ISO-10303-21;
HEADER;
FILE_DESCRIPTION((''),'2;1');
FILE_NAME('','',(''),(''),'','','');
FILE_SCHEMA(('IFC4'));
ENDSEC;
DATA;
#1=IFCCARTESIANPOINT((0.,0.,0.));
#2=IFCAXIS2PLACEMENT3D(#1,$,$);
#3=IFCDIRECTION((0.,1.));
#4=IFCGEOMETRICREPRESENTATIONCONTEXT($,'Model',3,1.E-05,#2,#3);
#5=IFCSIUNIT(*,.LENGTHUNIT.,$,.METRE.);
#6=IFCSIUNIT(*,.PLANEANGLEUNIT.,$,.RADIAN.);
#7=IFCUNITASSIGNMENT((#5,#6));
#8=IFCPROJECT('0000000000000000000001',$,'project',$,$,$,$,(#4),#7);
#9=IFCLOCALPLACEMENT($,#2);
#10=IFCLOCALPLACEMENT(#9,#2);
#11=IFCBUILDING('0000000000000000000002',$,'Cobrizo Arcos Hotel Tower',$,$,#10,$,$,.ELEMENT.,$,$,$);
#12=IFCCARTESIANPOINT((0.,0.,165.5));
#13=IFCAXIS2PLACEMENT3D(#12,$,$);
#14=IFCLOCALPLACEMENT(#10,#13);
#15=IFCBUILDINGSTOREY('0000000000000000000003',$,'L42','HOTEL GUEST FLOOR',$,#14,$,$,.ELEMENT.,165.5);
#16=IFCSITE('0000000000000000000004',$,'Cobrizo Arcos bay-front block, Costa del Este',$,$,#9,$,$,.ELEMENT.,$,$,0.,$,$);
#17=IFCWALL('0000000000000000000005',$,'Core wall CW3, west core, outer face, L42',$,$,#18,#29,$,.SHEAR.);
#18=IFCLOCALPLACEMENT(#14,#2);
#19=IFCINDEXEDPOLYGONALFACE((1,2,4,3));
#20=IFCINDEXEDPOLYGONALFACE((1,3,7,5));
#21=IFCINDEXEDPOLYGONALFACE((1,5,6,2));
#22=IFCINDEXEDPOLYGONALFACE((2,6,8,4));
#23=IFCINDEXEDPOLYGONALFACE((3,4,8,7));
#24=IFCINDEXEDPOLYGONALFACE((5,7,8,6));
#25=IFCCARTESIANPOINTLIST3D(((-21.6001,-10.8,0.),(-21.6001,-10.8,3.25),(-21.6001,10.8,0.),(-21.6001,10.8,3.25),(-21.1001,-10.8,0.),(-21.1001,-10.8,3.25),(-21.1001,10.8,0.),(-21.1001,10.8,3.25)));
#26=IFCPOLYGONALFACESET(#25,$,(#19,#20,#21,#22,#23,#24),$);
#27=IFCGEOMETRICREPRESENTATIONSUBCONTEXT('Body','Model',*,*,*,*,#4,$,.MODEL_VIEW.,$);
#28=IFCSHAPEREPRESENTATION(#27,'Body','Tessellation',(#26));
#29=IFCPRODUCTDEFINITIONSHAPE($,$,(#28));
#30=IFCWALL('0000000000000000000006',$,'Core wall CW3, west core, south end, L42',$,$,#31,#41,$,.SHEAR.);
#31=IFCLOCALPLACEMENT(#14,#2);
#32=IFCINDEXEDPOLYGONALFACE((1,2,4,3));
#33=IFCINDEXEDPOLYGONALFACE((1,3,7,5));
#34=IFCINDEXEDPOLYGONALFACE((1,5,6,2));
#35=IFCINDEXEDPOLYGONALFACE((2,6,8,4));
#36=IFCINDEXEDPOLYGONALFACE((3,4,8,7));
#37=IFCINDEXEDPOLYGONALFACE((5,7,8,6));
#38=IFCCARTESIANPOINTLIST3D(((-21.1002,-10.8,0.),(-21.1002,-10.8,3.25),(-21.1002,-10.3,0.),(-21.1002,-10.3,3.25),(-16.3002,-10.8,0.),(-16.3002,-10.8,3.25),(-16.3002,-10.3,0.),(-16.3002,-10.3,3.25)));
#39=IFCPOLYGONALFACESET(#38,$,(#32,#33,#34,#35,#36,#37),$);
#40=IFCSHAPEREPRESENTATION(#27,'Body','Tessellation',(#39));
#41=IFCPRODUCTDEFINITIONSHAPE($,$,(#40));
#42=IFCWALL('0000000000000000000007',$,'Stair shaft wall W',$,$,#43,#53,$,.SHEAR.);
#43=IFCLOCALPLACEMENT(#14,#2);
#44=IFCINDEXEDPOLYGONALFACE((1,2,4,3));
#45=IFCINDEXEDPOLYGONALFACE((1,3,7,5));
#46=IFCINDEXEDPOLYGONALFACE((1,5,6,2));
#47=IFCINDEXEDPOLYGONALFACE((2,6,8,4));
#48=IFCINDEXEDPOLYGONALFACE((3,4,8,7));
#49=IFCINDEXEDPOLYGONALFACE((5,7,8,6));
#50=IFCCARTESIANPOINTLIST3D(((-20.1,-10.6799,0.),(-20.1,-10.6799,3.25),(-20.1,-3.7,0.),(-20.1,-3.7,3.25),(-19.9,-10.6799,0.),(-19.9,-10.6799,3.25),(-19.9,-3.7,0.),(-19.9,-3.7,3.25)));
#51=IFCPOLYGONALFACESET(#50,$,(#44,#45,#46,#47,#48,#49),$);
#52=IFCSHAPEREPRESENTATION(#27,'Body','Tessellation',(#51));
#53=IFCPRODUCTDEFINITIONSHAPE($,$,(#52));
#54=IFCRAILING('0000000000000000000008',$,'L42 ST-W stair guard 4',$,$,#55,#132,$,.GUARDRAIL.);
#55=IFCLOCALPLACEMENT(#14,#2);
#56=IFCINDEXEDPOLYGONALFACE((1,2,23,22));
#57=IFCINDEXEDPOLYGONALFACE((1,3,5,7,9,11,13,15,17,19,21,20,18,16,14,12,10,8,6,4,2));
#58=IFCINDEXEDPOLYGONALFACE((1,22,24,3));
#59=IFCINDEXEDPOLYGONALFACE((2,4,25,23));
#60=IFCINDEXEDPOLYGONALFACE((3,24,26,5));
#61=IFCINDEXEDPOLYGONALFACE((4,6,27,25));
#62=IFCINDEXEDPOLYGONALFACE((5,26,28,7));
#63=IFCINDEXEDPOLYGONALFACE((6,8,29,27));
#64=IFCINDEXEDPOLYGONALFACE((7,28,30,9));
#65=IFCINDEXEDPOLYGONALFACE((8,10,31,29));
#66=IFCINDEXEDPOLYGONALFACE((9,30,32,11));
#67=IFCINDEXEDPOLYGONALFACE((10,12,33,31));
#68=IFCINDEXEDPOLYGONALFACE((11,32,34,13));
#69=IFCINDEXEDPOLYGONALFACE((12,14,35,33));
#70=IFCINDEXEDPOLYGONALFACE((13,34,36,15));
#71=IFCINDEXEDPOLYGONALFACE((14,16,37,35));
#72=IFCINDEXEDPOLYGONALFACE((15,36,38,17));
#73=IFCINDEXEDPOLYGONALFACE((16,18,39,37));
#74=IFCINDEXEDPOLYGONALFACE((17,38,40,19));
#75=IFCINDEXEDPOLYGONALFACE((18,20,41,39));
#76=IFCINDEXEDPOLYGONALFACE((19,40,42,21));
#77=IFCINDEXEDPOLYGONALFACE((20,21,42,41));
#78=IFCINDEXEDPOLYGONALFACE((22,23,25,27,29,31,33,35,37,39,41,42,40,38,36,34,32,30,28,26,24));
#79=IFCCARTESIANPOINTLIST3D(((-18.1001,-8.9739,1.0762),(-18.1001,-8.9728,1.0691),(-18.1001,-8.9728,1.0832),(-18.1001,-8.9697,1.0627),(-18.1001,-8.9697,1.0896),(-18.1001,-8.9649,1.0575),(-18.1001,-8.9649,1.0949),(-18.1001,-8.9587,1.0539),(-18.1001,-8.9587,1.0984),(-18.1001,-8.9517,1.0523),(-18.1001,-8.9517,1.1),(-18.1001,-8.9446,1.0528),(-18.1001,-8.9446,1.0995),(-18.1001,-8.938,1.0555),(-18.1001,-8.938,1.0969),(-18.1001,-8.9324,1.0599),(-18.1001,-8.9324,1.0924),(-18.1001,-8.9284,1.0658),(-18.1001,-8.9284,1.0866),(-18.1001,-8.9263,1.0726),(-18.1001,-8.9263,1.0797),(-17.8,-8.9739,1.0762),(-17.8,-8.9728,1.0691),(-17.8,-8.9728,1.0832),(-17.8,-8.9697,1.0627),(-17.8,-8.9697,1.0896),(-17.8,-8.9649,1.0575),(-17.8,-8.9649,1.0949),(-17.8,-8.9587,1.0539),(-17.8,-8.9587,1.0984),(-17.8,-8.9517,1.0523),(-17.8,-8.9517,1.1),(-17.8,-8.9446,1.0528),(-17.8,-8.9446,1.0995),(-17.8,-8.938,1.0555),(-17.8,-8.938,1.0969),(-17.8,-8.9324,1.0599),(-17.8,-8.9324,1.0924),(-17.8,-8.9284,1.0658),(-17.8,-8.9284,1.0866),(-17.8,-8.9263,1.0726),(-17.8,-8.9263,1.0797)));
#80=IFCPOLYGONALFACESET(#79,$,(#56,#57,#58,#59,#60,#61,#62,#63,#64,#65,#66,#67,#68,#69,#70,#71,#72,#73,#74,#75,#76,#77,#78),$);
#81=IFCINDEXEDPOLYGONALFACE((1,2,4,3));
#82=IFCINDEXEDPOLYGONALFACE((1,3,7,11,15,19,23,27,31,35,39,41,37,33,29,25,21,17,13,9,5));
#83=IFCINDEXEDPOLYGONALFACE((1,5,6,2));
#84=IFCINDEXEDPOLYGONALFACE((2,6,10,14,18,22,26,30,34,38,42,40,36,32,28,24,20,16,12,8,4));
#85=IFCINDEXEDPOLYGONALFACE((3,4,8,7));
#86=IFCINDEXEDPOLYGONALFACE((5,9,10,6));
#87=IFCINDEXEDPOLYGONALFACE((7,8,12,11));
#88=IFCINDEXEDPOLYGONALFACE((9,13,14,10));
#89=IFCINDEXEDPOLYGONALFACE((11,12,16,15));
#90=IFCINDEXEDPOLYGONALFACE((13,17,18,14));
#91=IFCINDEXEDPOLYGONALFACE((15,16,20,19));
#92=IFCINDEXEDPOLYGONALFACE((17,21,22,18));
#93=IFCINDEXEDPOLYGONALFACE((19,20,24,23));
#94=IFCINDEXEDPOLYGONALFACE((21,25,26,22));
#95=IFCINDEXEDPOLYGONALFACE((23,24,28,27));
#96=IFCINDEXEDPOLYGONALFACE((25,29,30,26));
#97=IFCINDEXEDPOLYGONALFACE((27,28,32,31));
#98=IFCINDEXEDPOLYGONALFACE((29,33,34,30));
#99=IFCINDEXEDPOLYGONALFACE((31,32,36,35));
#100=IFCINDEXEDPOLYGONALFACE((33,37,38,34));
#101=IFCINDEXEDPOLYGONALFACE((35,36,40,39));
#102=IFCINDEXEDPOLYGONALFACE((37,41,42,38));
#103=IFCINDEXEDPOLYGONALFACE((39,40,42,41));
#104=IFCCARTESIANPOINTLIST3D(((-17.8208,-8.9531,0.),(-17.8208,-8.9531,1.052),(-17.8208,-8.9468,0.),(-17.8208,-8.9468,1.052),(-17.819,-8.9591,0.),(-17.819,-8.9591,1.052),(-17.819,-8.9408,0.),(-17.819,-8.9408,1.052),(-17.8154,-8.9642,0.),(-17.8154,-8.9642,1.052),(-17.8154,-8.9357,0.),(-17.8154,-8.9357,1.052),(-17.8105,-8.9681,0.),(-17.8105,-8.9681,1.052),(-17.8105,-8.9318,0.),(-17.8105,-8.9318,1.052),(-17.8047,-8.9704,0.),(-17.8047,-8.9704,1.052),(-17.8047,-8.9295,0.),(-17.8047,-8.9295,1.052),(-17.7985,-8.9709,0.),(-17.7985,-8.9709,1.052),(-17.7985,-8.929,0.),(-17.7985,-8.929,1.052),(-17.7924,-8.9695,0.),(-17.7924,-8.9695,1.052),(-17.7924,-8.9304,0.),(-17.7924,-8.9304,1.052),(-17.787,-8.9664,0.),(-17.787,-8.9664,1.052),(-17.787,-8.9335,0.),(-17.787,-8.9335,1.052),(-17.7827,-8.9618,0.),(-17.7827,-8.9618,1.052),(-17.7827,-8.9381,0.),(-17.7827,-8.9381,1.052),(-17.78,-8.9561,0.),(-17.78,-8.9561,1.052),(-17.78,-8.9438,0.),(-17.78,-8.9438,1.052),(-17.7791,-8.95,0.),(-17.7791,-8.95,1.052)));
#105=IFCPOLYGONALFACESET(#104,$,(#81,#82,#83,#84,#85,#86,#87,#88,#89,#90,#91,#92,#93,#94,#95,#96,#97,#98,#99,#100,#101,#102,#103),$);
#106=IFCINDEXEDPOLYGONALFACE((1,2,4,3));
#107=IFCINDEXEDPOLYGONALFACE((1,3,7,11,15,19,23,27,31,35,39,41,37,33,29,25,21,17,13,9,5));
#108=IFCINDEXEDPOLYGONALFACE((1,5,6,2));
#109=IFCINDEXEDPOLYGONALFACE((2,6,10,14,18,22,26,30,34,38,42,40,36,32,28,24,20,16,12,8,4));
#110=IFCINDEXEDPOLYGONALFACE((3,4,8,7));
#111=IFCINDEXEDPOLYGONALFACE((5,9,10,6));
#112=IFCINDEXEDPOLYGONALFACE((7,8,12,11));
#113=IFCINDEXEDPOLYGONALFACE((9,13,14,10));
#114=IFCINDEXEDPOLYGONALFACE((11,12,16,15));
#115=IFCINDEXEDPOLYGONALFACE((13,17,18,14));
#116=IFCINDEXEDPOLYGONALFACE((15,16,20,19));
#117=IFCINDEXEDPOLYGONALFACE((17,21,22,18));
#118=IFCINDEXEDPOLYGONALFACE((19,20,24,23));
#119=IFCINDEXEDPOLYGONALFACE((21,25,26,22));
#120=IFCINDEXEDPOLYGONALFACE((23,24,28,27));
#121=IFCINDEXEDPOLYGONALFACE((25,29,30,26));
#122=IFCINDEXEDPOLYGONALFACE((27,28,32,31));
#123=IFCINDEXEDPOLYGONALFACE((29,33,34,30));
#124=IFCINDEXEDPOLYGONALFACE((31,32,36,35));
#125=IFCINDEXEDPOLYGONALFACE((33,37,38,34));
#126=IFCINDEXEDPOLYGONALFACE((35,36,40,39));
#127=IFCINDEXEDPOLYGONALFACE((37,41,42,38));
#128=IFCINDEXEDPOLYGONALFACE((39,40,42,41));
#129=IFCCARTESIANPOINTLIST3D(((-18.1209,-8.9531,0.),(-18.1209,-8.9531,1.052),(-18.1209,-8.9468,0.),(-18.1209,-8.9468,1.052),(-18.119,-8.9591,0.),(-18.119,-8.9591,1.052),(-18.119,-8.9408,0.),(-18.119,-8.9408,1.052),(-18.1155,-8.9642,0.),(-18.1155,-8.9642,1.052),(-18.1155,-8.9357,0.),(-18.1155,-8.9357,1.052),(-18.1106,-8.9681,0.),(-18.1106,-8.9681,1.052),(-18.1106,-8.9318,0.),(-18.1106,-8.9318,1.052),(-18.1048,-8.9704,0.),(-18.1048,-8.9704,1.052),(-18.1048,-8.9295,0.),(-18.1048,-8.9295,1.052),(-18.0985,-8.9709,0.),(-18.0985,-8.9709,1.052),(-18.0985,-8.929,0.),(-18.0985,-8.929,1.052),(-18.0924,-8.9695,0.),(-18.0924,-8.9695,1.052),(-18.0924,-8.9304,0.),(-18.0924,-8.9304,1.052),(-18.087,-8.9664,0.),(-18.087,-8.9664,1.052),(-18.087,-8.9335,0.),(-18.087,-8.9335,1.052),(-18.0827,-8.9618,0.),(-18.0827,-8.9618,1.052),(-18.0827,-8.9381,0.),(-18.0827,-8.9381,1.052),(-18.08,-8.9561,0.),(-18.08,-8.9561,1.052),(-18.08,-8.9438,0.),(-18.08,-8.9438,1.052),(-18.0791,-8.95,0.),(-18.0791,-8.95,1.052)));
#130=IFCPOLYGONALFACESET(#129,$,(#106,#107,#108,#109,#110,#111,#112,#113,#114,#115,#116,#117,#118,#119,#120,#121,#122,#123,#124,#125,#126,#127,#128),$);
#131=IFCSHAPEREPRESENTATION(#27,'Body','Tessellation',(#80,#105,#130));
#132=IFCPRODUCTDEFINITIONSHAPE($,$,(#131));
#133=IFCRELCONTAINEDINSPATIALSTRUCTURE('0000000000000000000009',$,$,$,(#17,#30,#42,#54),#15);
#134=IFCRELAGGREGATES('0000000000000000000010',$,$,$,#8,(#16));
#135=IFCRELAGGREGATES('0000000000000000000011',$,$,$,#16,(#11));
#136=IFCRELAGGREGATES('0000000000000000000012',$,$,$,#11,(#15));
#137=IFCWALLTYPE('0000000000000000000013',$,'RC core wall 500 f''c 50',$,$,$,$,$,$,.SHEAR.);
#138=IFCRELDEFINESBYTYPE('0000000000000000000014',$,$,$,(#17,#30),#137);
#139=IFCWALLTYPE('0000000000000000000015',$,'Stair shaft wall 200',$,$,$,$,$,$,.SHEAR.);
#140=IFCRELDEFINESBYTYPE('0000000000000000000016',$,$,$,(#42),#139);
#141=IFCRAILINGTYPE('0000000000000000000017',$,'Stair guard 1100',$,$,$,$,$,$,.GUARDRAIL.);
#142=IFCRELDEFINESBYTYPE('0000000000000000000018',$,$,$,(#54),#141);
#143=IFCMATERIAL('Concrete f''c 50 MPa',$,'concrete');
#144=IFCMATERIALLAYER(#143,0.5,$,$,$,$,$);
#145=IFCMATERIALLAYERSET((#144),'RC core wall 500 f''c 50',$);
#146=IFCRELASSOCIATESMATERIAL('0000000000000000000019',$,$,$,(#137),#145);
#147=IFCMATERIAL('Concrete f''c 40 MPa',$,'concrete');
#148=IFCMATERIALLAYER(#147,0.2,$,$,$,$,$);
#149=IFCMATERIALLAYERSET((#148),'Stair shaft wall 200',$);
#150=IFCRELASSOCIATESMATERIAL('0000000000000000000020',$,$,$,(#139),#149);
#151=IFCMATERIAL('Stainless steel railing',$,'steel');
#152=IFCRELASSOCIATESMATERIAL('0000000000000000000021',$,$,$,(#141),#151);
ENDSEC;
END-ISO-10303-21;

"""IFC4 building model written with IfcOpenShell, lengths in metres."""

from ifc_helpers import new_model, si_unit, direction, frame, frame_2d, origin, origin_2d, place, context, subcontext, project, spatial, rectangle, circle, extrude, material, layer, layer_set, type_object, element, save


model = new_model("IFC4")

# Units and contexts
model_context = context("Model", 3, precision=1e-05, world=origin(), true_north=direction((0.0, 1.0)))
body_context = subcontext(model_context, "Body", "Model", "MODEL_VIEW")
ifc_project = project(units=[si_unit("LENGTHUNIT", "METRE"), si_unit("PLANEANGLEUNIT", "RADIAN")], contexts=[model_context])

# Site, building, storey
site_placement = place(None, origin())
site = spatial("IfcSite", under=ifc_project, at=site_placement, Name="Cobrizo Arcos bay-front block, Costa del Este", CompositionType="ELEMENT", RefElevation=0.0)
building_placement = place(site_placement, origin())
building = spatial("IfcBuilding", under=site, at=building_placement, Name="Cobrizo Arcos Hotel Tower", CompositionType="ELEMENT")
storey_placement = place(building_placement, frame((0.0, 0.0, 165.5)))
storey = spatial("IfcBuildingStorey", under=building, at=storey_placement, Name="L42", Description="HOTEL GUEST FLOOR", CompositionType="ELEMENT", Elevation=165.5)

# Shared definitions
ifc_material_1 = material(Name="Concrete f'c 50 MPa", Category="concrete")
ifc_layer_1 = layer(ifc_material_1, 0.5)
ifc_layer_set_1 = layer_set([ifc_layer_1], Name="RC core wall 500 f'c 50")
wall_type_1 = type_object("IfcWallType", Name="RC core wall 500 f'c 50", PredefinedType="SHEAR", material=ifc_layer_set_1)

# Walls
wall_1_placement = place(storey_placement, frame((-21.3501, -10.8, 0.0), z_axis=(0.0, 0.0, 1.0), x_axis=(0.0, 1.0, 0.0)))
element("IfcWall", 1, at=wall_1_placement, inside=storey, type_object=wall_type_1, Name="Core wall CW3, west core, outer face, L42", PredefinedType="SHEAR", context=body_context, shape_type="SweptSolid", body=[
    extrude(rectangle(XDim=21.6001, YDim=0.5, at=frame_2d((10.8, 0.0))), origin(), (0.0, 0.0, 1.0), 3.25),
])
wall_2_placement = place(storey_placement, frame((-21.1001, -10.55, 0.0), z_axis=(0.0, 0.0, 1.0), x_axis=(1.0, 0.0, 0.0)))
element("IfcWall", 2, at=wall_2_placement, inside=storey, type_object=wall_type_1, Name="Core wall CW3, west core, south end, L42", PredefinedType="SHEAR", context=body_context, shape_type="SweptSolid", body=[
    extrude(rectangle(XDim=4.8, YDim=0.5, at=frame_2d((2.3999, 0.0))), origin(), (0.0, 0.0, 1.0), 3.25),
])
ifc_material_2 = material(Name="Concrete f'c 40 MPa", Category="concrete")
ifc_layer_2 = layer(ifc_material_2, 0.2)
ifc_layer_set_2 = layer_set([ifc_layer_2], Name="Stair shaft wall 200")
wall_type_2 = type_object("IfcWallType", Name="Stair shaft wall 200", PredefinedType="SHEAR", material=ifc_layer_set_2)
wall_3_placement = place(storey_placement, frame((-20.0, -10.6799, 0.0), z_axis=(0.0, 0.0, 1.0), x_axis=(0.0, 1.0, 0.0)))
element("IfcWall", 3, at=wall_3_placement, inside=storey, type_object=wall_type_2, Name="Stair shaft wall W", PredefinedType="SHEAR", context=body_context, shape_type="SweptSolid", body=[
    extrude(rectangle(XDim=6.98, YDim=0.2, at=frame_2d((3.49, 0.0))), origin(), (0.0, 0.0, 1.0), 3.25),
])

# Railing
ifc_material_3 = material(Name="Stainless steel railing", Category="steel")
railing_type = type_object("IfcRailingType", Name="Stair guard 1100", PredefinedType="GUARDRAIL", material=ifc_material_3)
railing_placement = place(storey_placement, frame((-17.8, -8.95, 0.0)))
element("IfcRailing", 4, at=railing_placement, inside=storey, type_object=railing_type, Name="L42 ST-W stair guard 4", PredefinedType="GUARDRAIL", context=body_context, shape_type="SweptSolid", body=[
    extrude(circle(Radius=0.0239, at=origin_2d()), frame((0.0, 0.0, 1.0762), z_axis=(-1.0, 0.0, 0.0), x_axis=(0.0, -1.0, 0.0)), (0.0, 0.0, 1.0), 0.3),
    extrude(circle(Radius=0.021, at=origin_2d()), origin(), (0.0, 0.0, 1.0), 1.052),
    extrude(circle(Radius=0.021, at=origin_2d()), frame((-0.3, 0.0, 0.0)), (0.0, 0.0, 1.0), 1.052),
])

save(model, "model.ifc")
